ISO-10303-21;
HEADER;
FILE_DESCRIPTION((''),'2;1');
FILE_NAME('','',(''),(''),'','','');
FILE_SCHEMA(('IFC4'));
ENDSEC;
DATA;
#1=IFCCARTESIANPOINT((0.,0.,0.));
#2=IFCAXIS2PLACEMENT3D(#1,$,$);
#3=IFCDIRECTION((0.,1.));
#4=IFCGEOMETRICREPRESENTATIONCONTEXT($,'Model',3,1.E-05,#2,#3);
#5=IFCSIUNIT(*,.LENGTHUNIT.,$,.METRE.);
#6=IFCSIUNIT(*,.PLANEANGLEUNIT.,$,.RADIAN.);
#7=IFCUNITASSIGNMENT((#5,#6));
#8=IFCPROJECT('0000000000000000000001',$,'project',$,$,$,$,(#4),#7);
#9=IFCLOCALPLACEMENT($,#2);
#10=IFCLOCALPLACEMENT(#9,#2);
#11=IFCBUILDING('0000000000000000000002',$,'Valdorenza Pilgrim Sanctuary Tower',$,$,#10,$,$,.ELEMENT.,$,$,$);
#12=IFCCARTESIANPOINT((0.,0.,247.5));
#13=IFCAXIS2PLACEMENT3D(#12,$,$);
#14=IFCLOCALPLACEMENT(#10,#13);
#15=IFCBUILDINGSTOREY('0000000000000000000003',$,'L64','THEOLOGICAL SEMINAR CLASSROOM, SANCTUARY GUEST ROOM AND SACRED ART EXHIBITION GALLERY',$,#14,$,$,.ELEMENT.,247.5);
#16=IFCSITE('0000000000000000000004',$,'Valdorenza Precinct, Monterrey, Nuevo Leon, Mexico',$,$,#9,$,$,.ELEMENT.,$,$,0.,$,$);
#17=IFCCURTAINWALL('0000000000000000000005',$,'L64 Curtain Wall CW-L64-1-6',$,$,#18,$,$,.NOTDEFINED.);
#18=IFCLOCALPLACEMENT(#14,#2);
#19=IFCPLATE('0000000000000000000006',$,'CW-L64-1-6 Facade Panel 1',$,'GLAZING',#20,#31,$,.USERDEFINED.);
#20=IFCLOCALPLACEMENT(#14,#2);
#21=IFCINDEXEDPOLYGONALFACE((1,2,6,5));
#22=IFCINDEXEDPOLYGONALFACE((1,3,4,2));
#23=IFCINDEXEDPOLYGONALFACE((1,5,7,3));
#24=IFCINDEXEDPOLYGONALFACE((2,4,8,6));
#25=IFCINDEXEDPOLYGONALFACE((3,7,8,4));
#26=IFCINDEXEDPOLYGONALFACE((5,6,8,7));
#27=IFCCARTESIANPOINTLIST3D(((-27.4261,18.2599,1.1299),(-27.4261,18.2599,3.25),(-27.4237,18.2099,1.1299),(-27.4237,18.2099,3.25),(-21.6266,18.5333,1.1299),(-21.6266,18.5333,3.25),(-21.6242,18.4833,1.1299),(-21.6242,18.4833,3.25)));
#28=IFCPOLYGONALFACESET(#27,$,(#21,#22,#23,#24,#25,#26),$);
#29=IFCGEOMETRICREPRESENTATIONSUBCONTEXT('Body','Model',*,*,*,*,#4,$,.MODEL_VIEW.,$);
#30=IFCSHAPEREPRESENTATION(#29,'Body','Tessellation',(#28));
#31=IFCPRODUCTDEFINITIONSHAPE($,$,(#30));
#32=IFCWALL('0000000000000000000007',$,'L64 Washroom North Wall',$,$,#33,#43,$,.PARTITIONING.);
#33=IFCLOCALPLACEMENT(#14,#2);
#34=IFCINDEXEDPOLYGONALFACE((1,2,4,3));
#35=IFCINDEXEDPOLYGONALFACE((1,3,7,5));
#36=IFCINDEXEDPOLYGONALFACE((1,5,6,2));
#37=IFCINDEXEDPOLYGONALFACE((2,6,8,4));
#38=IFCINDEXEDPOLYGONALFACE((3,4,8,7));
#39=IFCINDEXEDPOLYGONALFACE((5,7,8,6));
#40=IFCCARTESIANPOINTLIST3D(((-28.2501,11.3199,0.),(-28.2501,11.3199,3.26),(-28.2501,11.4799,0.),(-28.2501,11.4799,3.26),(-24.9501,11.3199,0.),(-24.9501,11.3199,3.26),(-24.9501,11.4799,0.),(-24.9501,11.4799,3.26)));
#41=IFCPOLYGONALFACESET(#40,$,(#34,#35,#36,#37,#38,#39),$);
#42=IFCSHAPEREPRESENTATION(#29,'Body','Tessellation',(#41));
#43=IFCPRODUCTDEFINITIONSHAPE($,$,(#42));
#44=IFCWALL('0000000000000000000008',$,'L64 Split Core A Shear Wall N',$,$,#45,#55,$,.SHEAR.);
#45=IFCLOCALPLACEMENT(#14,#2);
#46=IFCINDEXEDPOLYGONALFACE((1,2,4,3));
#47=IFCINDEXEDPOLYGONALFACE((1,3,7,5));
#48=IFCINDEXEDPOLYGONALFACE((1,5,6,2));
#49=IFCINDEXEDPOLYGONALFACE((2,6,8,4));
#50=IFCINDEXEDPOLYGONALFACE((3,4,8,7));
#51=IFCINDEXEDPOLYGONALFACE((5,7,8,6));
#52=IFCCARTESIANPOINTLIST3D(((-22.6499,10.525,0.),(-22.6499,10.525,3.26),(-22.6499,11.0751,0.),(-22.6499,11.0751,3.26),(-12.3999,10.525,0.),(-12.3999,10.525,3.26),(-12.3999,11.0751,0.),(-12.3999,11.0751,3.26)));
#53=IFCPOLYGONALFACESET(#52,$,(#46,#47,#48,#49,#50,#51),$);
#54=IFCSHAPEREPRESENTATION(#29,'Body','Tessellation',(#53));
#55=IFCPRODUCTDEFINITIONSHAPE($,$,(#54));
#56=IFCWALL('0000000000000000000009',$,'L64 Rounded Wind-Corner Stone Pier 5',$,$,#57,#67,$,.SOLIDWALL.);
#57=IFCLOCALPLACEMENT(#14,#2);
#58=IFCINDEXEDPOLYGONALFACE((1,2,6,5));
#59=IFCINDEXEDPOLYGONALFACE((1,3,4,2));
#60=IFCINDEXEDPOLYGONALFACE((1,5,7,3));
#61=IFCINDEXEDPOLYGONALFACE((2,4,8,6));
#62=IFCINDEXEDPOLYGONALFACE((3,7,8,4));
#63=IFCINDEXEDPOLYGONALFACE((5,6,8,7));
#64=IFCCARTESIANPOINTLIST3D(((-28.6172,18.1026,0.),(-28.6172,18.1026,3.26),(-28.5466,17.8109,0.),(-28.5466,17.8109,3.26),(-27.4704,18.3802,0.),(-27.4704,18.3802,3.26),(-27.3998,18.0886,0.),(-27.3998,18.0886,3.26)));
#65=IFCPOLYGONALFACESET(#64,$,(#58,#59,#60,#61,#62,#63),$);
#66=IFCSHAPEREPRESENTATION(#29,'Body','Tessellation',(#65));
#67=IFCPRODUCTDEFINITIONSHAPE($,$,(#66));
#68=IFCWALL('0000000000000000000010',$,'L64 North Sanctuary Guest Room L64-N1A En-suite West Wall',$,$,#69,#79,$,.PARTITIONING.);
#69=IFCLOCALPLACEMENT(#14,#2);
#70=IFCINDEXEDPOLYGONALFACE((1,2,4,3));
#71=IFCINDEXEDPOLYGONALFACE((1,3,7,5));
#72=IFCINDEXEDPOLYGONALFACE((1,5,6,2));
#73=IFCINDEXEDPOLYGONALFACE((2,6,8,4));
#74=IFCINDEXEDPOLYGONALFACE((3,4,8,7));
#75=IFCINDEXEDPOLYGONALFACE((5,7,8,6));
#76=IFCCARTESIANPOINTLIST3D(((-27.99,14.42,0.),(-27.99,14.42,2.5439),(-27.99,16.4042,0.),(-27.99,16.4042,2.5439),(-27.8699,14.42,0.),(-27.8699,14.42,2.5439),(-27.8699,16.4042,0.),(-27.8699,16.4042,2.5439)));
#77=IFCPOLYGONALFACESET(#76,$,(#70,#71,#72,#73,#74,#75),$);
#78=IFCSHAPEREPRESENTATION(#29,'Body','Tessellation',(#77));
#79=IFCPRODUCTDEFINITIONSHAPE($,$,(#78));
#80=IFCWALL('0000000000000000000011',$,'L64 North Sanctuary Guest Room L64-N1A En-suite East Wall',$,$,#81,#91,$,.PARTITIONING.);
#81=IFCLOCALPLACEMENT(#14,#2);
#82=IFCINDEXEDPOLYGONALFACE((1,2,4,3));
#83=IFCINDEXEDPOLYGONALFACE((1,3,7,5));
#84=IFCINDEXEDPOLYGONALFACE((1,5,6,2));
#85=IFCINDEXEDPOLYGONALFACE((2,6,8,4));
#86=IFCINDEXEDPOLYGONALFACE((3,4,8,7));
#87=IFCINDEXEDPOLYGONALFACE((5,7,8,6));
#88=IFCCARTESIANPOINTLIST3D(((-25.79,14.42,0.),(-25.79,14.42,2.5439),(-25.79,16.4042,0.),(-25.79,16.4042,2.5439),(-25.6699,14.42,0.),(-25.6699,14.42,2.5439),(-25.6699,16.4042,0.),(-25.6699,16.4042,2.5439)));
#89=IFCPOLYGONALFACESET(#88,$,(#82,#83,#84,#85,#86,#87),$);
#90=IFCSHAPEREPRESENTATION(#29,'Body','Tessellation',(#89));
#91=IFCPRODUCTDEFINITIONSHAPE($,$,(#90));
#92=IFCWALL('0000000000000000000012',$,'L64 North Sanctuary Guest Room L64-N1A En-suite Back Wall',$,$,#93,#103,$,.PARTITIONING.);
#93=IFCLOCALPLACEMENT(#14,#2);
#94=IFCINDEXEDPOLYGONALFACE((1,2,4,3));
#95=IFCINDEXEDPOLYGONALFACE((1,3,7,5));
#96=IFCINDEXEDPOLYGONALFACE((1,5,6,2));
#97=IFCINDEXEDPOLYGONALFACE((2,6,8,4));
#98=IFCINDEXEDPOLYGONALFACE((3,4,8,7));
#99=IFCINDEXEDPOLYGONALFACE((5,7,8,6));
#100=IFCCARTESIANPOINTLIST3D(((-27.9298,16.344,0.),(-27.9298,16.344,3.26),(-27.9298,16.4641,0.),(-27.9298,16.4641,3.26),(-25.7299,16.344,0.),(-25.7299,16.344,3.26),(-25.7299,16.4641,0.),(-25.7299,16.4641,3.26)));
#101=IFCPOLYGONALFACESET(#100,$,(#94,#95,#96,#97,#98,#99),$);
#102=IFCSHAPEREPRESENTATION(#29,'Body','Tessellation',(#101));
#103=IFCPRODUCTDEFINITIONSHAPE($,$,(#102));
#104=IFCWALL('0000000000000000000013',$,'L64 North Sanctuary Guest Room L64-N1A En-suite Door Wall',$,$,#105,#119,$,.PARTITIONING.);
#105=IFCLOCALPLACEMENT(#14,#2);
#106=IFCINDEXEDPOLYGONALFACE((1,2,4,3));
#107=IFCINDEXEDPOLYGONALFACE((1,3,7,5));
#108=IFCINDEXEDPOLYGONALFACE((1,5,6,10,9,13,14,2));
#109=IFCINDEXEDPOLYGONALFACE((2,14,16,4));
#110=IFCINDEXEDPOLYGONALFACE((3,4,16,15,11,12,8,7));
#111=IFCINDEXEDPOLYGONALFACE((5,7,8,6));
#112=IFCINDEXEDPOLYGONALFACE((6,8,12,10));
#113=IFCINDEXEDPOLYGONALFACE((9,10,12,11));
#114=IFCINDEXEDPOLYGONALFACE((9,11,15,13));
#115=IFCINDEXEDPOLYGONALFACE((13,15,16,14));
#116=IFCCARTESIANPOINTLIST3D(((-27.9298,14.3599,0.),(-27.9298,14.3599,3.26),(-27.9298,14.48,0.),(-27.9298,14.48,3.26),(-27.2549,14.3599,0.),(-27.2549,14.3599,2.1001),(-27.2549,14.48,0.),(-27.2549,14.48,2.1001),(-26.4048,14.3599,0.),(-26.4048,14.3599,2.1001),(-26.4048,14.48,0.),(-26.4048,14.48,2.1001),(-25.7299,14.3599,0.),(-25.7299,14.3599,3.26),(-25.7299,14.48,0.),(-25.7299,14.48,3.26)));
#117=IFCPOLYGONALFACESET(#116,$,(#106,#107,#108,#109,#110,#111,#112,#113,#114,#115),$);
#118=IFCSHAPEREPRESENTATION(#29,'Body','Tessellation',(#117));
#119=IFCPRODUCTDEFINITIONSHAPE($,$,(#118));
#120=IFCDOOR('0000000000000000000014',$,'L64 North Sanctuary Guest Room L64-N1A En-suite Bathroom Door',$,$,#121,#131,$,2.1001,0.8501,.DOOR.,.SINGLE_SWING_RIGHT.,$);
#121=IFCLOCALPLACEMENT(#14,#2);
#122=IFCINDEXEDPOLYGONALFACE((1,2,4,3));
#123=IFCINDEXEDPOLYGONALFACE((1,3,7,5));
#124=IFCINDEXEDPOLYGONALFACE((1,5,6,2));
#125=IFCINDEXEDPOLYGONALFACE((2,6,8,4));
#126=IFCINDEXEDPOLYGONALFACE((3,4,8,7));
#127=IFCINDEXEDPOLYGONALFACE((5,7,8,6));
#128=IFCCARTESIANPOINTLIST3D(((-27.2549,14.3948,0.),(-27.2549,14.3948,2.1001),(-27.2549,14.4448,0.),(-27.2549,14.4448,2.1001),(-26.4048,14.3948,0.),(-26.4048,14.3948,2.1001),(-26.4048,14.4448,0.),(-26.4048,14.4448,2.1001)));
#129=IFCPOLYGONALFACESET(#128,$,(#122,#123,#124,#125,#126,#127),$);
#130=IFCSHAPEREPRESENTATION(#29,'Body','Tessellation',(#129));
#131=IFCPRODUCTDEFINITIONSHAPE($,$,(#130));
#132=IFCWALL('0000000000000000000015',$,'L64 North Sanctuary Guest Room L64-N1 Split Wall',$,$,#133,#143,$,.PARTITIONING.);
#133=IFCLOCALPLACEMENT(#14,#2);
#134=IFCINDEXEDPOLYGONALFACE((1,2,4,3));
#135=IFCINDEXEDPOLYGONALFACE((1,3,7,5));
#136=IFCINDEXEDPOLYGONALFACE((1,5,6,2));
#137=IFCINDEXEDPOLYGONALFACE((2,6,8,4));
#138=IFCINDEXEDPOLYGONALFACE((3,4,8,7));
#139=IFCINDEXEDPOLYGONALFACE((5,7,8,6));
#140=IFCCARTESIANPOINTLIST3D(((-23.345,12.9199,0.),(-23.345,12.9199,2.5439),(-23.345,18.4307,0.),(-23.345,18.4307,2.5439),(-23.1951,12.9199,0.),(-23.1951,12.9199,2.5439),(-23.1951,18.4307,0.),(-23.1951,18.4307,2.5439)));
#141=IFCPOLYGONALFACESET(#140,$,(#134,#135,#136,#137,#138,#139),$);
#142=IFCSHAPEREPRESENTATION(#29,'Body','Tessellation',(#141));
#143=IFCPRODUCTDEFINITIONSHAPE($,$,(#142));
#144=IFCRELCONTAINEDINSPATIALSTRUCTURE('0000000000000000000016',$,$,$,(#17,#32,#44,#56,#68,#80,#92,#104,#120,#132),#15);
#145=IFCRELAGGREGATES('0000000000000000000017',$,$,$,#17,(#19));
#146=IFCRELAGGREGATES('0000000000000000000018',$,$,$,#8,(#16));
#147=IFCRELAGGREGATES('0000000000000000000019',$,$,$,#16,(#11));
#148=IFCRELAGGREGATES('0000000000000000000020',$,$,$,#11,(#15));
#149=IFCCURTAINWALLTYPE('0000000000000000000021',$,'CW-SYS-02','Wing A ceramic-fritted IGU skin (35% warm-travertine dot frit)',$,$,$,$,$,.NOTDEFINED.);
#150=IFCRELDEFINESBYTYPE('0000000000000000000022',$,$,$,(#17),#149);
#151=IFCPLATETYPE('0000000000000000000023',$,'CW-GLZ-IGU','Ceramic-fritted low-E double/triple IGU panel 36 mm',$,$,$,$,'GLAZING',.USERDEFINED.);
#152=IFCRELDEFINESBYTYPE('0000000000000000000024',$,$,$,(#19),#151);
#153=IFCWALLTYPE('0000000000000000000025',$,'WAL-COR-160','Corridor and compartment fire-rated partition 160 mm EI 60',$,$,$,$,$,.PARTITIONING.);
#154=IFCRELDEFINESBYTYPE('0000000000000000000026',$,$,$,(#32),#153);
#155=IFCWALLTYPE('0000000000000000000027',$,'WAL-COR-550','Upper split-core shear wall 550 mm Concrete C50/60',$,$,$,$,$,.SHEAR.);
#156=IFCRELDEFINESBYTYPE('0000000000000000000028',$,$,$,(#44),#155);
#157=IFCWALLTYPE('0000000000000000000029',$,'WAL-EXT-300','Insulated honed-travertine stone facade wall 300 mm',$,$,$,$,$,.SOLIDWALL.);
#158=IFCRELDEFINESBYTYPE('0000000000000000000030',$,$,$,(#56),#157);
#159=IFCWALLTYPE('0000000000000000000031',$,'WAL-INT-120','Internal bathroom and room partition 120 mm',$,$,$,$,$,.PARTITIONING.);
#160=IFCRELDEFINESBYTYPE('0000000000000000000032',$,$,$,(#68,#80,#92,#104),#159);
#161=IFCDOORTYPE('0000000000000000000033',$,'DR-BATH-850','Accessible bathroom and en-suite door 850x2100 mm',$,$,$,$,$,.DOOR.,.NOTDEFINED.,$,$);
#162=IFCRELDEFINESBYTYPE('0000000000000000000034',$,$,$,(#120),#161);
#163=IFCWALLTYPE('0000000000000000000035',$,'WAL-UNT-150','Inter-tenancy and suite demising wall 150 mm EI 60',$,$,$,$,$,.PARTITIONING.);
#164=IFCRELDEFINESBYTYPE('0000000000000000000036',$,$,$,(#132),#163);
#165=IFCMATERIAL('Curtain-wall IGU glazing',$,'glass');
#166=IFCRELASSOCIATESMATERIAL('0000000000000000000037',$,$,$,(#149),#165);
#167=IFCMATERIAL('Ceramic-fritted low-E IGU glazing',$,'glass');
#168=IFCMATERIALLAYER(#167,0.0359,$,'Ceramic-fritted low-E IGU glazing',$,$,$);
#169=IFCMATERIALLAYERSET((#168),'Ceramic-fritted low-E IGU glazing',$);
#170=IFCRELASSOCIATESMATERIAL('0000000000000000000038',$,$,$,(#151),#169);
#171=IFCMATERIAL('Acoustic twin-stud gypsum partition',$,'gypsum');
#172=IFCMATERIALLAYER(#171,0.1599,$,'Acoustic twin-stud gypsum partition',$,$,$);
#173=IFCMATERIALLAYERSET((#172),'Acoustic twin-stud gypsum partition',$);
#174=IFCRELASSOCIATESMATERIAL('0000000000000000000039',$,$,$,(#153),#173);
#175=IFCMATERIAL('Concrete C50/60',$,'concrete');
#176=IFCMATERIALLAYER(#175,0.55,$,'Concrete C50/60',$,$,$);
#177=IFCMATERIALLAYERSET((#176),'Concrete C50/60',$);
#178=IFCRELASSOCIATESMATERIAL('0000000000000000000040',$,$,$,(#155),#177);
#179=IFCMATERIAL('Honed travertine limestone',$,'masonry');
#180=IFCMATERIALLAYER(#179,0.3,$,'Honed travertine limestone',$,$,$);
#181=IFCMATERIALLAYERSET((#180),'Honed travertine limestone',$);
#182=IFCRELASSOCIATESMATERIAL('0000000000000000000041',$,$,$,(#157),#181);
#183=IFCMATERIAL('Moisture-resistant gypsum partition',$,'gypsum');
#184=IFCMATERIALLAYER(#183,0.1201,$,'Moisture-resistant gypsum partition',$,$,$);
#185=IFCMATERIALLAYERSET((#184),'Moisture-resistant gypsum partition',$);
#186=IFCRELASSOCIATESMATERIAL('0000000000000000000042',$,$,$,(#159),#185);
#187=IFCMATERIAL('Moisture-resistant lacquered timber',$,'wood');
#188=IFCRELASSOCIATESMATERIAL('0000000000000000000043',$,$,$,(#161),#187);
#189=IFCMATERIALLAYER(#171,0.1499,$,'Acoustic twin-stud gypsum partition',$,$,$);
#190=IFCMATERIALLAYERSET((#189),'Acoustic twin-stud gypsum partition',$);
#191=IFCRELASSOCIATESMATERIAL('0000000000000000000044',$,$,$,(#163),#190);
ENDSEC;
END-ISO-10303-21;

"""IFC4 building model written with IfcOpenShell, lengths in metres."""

from ifc_helpers import new_model, si_unit, direction, frame, frame_2d, origin, origin_2d, place, context, subcontext, project, spatial, rectangle, extrude, source, transform, mapped, material, layer, layer_set, type_object, element, fill, aggregate, save


model = new_model("IFC4")

# Units and contexts
model_context = context("Model", 3, precision=1e-05, world=origin(), true_north=direction((0.0, 1.0)))
body_context = subcontext(model_context, "Body", "Model", "MODEL_VIEW")
ifc_project = project(units=[si_unit("LENGTHUNIT", "METRE"), si_unit("PLANEANGLEUNIT", "RADIAN")], contexts=[model_context])

# Site, building, storey
site_placement = place(None, origin())
site = spatial("IfcSite", under=ifc_project, at=site_placement, Name="Valdorenza Precinct, Monterrey, Nuevo Leon, Mexico", CompositionType="ELEMENT", RefElevation=0.0)
building_placement = place(site_placement, origin())
building = spatial("IfcBuilding", under=site, at=building_placement, Name="Valdorenza Pilgrim Sanctuary Tower", CompositionType="ELEMENT")
storey_placement = place(building_placement, frame((0.0, 0.0, 247.5)))
storey = spatial("IfcBuildingStorey", under=building, at=storey_placement, Name="L64", Description="THEOLOGICAL SEMINAR CLASSROOM, SANCTUARY GUEST ROOM AND SACRED ART EXHIBITION GALLERY", CompositionType="ELEMENT", Elevation=247.5)

# Shared definitions
ifc_material_1 = material(Name="Concrete C50/60", Category="concrete")

# Curtain wall, plate
ifc_material_2 = material(Name="Curtain-wall IGU glazing", Category="glass")
curtain_wall_type = type_object("IfcCurtainWallType", Name="CW-SYS-02", Description="Wing A ceramic-fritted IGU skin (35% warm-travertine dot frit)", PredefinedType="NOTDEFINED", material=ifc_material_2)
curtain_wall_placement = place(storey_placement, origin())
curtain_wall = element("IfcCurtainWall", 1, at=curtain_wall_placement, inside=storey, type_object=curtain_wall_type, Name="L64 Curtain Wall CW-L64-1-6", PredefinedType="NOTDEFINED")
ifc_material_3 = material(Name="Honed travertine limestone", Category="masonry")
ifc_material_4 = material(Name="Ceramic-fritted low-E IGU glazing", Category="glass")
ifc_layer_1 = layer(ifc_material_4, 0.0359, Name="Ceramic-fritted low-E IGU glazing")
ifc_layer_set_1 = layer_set([ifc_layer_1], Name="Ceramic-fritted low-E IGU glazing")
plate_type_1 = type_object("IfcPlateType", Name="CW-GLZ-IGU", Description="Ceramic-fritted low-E double/triple IGU panel 36 mm", ElementType="GLAZING", PredefinedType="USERDEFINED", material=ifc_layer_set_1)
shared_shape_1 = source(origin(), body_context, "Body", "SweptSolid", [
    extrude(rectangle(XDim=5.8059, YDim=0.05, at=origin_2d()), origin(), (0.0, 0.0, 1.0), 2.1201),
])
plate_1_placement = place(storey_placement, frame((-24.5251, 18.3716, 1.1299), z_axis=(0.0, 0.0, 1.0), x_axis=(0.998891, 0.047089, 0.0)))
plate_1 = element("IfcPlate", 2, at=plate_1_placement, type_object=plate_type_1, Name="CW-L64-1-6 Facade Panel 1", ObjectType="GLAZING", PredefinedType="USERDEFINED", context=body_context, shape_type="MappedRepresentation", body=[
    mapped(shared_shape_1, transform((0.0, 0.0, 0.0), x_axis=(1.0, 0.0, 0.0), y_axis=(0.0, 1.0, 0.0), z_axis=(0.0, 0.0, 1.0), scale=1.0)),
])
aggregate(curtain_wall, [plate_1])

# Walls
ifc_material_5 = material(Name="Acoustic twin-stud gypsum partition", Category="gypsum")
ifc_layer_2 = layer(ifc_material_5, 0.1599, Name="Acoustic twin-stud gypsum partition")
ifc_layer_set_2 = layer_set([ifc_layer_2], Name="Acoustic twin-stud gypsum partition")
wall_type_1 = type_object("IfcWallType", Name="WAL-COR-160", Description="Corridor and compartment fire-rated partition 160 mm EI 60", PredefinedType="PARTITIONING", material=ifc_layer_set_2)
wall_1_placement = place(storey_placement, frame((-28.25, 11.3999, 0.0), z_axis=(0.0, 0.0, 1.0), x_axis=(1.0, 0.0, 0.0)))
element("IfcWall", 3, at=wall_1_placement, inside=storey, type_object=wall_type_1, Name="L64 Washroom North Wall", PredefinedType="PARTITIONING", context=body_context, shape_type="SweptSolid", body=[
    extrude(rectangle(XDim=3.3, YDim=0.1599, at=frame_2d((1.6499, 0.0))), origin(), (0.0, 0.0, 1.0), 3.26),
])
ifc_layer_3 = layer(ifc_material_1, 0.55, Name="Concrete C50/60")
ifc_layer_set_3 = layer_set([ifc_layer_3], Name="Concrete C50/60")
wall_type_2 = type_object("IfcWallType", Name="WAL-COR-550", Description="Upper split-core shear wall 550 mm Concrete C50/60", PredefinedType="SHEAR", material=ifc_layer_set_3)
wall_2_placement = place(storey_placement, frame((-22.6499, 10.8, 0.0), z_axis=(0.0, 0.0, 1.0), x_axis=(1.0, 0.0, 0.0)))
element("IfcWall", 4, at=wall_2_placement, inside=storey, type_object=wall_type_2, Name="L64 Split Core A Shear Wall N", PredefinedType="SHEAR", context=body_context, shape_type="SweptSolid", body=[
    extrude(rectangle(XDim=10.25, YDim=0.55, at=frame_2d((5.125, 0.0))), origin(), (0.0, 0.0, 1.0), 3.26),
])
ifc_layer_4 = layer(ifc_material_3, 0.3, Name="Honed travertine limestone")
ifc_layer_set_4 = layer_set([ifc_layer_4], Name="Honed travertine limestone")
wall_type_3 = type_object("IfcWallType", Name="WAL-EXT-300", Description="Insulated honed-travertine stone facade wall 300 mm", PredefinedType="SOLIDWALL", material=ifc_layer_set_4)
wall_3_placement = place(storey_placement, frame((-28.5818, 17.9568, 0.0), z_axis=(0.0, 0.0, 1.0), x_axis=(0.971929, 0.235274, 0.0)))
element("IfcWall", 5, at=wall_3_placement, inside=storey, type_object=wall_type_3, Name="L64 Rounded Wind-Corner Stone Pier 5", PredefinedType="SOLIDWALL", context=body_context, shape_type="SweptSolid", body=[
    extrude(rectangle(XDim=1.1799, YDim=0.3, at=frame_2d((0.5898, 0.0))), origin(), (0.0, 0.0, 1.0), 3.26),
])
ifc_material_6 = material(Name="Moisture-resistant gypsum partition", Category="gypsum")
ifc_layer_5 = layer(ifc_material_6, 0.1201, Name="Moisture-resistant gypsum partition")
ifc_layer_set_5 = layer_set([ifc_layer_5], Name="Moisture-resistant gypsum partition")
wall_type_4 = type_object("IfcWallType", Name="WAL-INT-120", Description="Internal bathroom and room partition 120 mm", PredefinedType="PARTITIONING", material=ifc_layer_set_5)
for number, where, z_axis, x_axis, name in (
    (6, (-27.9299, 14.4199, 0.0), (0.0, 0.0, 1.0), (0.0, 1.0, 0.0), "L64 North Sanctuary Guest Room L64-N1A En-suite West Wall"),
    (7, (-25.73, 14.4199, 0.0), (0.0, 0.0, 1.0), (0.0, 1.0, 0.0), "L64 North Sanctuary Guest Room L64-N1A En-suite East Wall"),
):
    element("IfcWall", number, at=place(storey_placement, frame(where, z_axis=z_axis, x_axis=x_axis)), inside=storey, type_object=wall_type_4, Name=name, PredefinedType="PARTITIONING", context=body_context, shape_type="SweptSolid", body=[
        extrude(rectangle(XDim=1.9841, YDim=0.1201, at=frame_2d((0.9922, 0.0))), origin(), (0.0, 0.0, 1.0), 2.5439),
    ])
wall_4_placement = place(storey_placement, frame((-27.9299, 16.4041, 0.0), z_axis=(0.0, 0.0, 1.0), x_axis=(1.0, 0.0, 0.0)))
element("IfcWall", 8, at=wall_4_placement, inside=storey, type_object=wall_type_4, Name="L64 North Sanctuary Guest Room L64-N1A En-suite Back Wall", PredefinedType="PARTITIONING", context=body_context, shape_type="SweptSolid", body=[
    extrude(rectangle(XDim=2.2, YDim=0.1201, at=frame_2d((1.1001, 0.0))), origin(), (0.0, 0.0, 1.0), 3.26),
])

# Wall, opening, door
wall_5_placement = place(storey_placement, frame((-27.9299, 14.4199, 0.0), z_axis=(0.0, 0.0, 1.0), x_axis=(1.0, 0.0, 0.0)))
wall_5 = element("IfcWall", 9, at=wall_5_placement, inside=storey, type_object=wall_type_4, Name="L64 North Sanctuary Guest Room L64-N1A En-suite Door Wall", PredefinedType="PARTITIONING", context=body_context, shape_type="SweptSolid", body=[
    extrude(rectangle(XDim=2.2, YDim=0.1201, at=frame_2d((1.1001, 0.0))), origin(), (0.0, 0.0, 1.0), 3.26),
])
opening_placement = place(wall_5_placement, frame((0.675, 0.0, 0.0)))
opening = element("IfcOpeningElement", 10, at=opening_placement, cuts=wall_5, PredefinedType="OPENING", context=body_context, shape_type="SweptSolid", body=[
    extrude(rectangle(XDim=0.8501, YDim=2.1001, at=frame_2d((0.425, 1.05))), frame((0.0, 0.075, 0.0), z_axis=(0.0, -1.0, 0.0), x_axis=(1.0, 0.0, 0.0)), (0.0, 0.0, 1.0), 0.1499),
])
ifc_material_7 = material(Name="Moisture-resistant lacquered timber", Category="wood")
door_type = type_object("IfcDoorType", Name="DR-BATH-850", Description="Accessible bathroom and en-suite door 850x2100 mm", OperationType="NOTDEFINED", PredefinedType="DOOR", material=ifc_material_7)
door_placement = place(opening_placement, origin())
door = element("IfcDoor", 11, at=door_placement, inside=storey, type_object=door_type, Name="L64 North Sanctuary Guest Room L64-N1A En-suite Bathroom Door", OperationType="SINGLE_SWING_RIGHT", OverallHeight=2.1001, OverallWidth=0.8501, PredefinedType="DOOR", context=body_context, shape_type="SweptSolid", body=[
    extrude(rectangle(XDim=0.8501, YDim=2.1001, at=frame_2d((0.425, 1.05))), frame((0.0, 0.0249, 0.0), z_axis=(0.0, -1.0, 0.0), x_axis=(1.0, 0.0, 0.0)), (0.0, 0.0, 1.0), 0.05),
])
fill(opening, door)

# Wall
ifc_layer_6 = layer(ifc_material_5, 0.1499, Name="Acoustic twin-stud gypsum partition")
ifc_layer_set_6 = layer_set([ifc_layer_6], Name="Acoustic twin-stud gypsum partition")
wall_type_5 = type_object("IfcWallType", Name="WAL-UNT-150", Description="Inter-tenancy and suite demising wall 150 mm EI 60", PredefinedType="PARTITIONING", material=ifc_layer_set_6)
wall_6_placement = place(storey_placement, frame((-23.27, 12.9199, 0.0), z_axis=(0.0, 0.0, 1.0), x_axis=(0.0, 1.0, 0.0)))
element("IfcWall", 12, at=wall_6_placement, inside=storey, type_object=wall_type_5, Name="L64 North Sanctuary Guest Room L64-N1 Split Wall", PredefinedType="PARTITIONING", context=body_context, shape_type="SweptSolid", body=[
    extrude(rectangle(XDim=5.5107, YDim=0.1499, at=frame_2d((2.7554, 0.0))), origin(), (0.0, 0.0, 1.0), 2.5439),
])

save(model, "model.ifc")
